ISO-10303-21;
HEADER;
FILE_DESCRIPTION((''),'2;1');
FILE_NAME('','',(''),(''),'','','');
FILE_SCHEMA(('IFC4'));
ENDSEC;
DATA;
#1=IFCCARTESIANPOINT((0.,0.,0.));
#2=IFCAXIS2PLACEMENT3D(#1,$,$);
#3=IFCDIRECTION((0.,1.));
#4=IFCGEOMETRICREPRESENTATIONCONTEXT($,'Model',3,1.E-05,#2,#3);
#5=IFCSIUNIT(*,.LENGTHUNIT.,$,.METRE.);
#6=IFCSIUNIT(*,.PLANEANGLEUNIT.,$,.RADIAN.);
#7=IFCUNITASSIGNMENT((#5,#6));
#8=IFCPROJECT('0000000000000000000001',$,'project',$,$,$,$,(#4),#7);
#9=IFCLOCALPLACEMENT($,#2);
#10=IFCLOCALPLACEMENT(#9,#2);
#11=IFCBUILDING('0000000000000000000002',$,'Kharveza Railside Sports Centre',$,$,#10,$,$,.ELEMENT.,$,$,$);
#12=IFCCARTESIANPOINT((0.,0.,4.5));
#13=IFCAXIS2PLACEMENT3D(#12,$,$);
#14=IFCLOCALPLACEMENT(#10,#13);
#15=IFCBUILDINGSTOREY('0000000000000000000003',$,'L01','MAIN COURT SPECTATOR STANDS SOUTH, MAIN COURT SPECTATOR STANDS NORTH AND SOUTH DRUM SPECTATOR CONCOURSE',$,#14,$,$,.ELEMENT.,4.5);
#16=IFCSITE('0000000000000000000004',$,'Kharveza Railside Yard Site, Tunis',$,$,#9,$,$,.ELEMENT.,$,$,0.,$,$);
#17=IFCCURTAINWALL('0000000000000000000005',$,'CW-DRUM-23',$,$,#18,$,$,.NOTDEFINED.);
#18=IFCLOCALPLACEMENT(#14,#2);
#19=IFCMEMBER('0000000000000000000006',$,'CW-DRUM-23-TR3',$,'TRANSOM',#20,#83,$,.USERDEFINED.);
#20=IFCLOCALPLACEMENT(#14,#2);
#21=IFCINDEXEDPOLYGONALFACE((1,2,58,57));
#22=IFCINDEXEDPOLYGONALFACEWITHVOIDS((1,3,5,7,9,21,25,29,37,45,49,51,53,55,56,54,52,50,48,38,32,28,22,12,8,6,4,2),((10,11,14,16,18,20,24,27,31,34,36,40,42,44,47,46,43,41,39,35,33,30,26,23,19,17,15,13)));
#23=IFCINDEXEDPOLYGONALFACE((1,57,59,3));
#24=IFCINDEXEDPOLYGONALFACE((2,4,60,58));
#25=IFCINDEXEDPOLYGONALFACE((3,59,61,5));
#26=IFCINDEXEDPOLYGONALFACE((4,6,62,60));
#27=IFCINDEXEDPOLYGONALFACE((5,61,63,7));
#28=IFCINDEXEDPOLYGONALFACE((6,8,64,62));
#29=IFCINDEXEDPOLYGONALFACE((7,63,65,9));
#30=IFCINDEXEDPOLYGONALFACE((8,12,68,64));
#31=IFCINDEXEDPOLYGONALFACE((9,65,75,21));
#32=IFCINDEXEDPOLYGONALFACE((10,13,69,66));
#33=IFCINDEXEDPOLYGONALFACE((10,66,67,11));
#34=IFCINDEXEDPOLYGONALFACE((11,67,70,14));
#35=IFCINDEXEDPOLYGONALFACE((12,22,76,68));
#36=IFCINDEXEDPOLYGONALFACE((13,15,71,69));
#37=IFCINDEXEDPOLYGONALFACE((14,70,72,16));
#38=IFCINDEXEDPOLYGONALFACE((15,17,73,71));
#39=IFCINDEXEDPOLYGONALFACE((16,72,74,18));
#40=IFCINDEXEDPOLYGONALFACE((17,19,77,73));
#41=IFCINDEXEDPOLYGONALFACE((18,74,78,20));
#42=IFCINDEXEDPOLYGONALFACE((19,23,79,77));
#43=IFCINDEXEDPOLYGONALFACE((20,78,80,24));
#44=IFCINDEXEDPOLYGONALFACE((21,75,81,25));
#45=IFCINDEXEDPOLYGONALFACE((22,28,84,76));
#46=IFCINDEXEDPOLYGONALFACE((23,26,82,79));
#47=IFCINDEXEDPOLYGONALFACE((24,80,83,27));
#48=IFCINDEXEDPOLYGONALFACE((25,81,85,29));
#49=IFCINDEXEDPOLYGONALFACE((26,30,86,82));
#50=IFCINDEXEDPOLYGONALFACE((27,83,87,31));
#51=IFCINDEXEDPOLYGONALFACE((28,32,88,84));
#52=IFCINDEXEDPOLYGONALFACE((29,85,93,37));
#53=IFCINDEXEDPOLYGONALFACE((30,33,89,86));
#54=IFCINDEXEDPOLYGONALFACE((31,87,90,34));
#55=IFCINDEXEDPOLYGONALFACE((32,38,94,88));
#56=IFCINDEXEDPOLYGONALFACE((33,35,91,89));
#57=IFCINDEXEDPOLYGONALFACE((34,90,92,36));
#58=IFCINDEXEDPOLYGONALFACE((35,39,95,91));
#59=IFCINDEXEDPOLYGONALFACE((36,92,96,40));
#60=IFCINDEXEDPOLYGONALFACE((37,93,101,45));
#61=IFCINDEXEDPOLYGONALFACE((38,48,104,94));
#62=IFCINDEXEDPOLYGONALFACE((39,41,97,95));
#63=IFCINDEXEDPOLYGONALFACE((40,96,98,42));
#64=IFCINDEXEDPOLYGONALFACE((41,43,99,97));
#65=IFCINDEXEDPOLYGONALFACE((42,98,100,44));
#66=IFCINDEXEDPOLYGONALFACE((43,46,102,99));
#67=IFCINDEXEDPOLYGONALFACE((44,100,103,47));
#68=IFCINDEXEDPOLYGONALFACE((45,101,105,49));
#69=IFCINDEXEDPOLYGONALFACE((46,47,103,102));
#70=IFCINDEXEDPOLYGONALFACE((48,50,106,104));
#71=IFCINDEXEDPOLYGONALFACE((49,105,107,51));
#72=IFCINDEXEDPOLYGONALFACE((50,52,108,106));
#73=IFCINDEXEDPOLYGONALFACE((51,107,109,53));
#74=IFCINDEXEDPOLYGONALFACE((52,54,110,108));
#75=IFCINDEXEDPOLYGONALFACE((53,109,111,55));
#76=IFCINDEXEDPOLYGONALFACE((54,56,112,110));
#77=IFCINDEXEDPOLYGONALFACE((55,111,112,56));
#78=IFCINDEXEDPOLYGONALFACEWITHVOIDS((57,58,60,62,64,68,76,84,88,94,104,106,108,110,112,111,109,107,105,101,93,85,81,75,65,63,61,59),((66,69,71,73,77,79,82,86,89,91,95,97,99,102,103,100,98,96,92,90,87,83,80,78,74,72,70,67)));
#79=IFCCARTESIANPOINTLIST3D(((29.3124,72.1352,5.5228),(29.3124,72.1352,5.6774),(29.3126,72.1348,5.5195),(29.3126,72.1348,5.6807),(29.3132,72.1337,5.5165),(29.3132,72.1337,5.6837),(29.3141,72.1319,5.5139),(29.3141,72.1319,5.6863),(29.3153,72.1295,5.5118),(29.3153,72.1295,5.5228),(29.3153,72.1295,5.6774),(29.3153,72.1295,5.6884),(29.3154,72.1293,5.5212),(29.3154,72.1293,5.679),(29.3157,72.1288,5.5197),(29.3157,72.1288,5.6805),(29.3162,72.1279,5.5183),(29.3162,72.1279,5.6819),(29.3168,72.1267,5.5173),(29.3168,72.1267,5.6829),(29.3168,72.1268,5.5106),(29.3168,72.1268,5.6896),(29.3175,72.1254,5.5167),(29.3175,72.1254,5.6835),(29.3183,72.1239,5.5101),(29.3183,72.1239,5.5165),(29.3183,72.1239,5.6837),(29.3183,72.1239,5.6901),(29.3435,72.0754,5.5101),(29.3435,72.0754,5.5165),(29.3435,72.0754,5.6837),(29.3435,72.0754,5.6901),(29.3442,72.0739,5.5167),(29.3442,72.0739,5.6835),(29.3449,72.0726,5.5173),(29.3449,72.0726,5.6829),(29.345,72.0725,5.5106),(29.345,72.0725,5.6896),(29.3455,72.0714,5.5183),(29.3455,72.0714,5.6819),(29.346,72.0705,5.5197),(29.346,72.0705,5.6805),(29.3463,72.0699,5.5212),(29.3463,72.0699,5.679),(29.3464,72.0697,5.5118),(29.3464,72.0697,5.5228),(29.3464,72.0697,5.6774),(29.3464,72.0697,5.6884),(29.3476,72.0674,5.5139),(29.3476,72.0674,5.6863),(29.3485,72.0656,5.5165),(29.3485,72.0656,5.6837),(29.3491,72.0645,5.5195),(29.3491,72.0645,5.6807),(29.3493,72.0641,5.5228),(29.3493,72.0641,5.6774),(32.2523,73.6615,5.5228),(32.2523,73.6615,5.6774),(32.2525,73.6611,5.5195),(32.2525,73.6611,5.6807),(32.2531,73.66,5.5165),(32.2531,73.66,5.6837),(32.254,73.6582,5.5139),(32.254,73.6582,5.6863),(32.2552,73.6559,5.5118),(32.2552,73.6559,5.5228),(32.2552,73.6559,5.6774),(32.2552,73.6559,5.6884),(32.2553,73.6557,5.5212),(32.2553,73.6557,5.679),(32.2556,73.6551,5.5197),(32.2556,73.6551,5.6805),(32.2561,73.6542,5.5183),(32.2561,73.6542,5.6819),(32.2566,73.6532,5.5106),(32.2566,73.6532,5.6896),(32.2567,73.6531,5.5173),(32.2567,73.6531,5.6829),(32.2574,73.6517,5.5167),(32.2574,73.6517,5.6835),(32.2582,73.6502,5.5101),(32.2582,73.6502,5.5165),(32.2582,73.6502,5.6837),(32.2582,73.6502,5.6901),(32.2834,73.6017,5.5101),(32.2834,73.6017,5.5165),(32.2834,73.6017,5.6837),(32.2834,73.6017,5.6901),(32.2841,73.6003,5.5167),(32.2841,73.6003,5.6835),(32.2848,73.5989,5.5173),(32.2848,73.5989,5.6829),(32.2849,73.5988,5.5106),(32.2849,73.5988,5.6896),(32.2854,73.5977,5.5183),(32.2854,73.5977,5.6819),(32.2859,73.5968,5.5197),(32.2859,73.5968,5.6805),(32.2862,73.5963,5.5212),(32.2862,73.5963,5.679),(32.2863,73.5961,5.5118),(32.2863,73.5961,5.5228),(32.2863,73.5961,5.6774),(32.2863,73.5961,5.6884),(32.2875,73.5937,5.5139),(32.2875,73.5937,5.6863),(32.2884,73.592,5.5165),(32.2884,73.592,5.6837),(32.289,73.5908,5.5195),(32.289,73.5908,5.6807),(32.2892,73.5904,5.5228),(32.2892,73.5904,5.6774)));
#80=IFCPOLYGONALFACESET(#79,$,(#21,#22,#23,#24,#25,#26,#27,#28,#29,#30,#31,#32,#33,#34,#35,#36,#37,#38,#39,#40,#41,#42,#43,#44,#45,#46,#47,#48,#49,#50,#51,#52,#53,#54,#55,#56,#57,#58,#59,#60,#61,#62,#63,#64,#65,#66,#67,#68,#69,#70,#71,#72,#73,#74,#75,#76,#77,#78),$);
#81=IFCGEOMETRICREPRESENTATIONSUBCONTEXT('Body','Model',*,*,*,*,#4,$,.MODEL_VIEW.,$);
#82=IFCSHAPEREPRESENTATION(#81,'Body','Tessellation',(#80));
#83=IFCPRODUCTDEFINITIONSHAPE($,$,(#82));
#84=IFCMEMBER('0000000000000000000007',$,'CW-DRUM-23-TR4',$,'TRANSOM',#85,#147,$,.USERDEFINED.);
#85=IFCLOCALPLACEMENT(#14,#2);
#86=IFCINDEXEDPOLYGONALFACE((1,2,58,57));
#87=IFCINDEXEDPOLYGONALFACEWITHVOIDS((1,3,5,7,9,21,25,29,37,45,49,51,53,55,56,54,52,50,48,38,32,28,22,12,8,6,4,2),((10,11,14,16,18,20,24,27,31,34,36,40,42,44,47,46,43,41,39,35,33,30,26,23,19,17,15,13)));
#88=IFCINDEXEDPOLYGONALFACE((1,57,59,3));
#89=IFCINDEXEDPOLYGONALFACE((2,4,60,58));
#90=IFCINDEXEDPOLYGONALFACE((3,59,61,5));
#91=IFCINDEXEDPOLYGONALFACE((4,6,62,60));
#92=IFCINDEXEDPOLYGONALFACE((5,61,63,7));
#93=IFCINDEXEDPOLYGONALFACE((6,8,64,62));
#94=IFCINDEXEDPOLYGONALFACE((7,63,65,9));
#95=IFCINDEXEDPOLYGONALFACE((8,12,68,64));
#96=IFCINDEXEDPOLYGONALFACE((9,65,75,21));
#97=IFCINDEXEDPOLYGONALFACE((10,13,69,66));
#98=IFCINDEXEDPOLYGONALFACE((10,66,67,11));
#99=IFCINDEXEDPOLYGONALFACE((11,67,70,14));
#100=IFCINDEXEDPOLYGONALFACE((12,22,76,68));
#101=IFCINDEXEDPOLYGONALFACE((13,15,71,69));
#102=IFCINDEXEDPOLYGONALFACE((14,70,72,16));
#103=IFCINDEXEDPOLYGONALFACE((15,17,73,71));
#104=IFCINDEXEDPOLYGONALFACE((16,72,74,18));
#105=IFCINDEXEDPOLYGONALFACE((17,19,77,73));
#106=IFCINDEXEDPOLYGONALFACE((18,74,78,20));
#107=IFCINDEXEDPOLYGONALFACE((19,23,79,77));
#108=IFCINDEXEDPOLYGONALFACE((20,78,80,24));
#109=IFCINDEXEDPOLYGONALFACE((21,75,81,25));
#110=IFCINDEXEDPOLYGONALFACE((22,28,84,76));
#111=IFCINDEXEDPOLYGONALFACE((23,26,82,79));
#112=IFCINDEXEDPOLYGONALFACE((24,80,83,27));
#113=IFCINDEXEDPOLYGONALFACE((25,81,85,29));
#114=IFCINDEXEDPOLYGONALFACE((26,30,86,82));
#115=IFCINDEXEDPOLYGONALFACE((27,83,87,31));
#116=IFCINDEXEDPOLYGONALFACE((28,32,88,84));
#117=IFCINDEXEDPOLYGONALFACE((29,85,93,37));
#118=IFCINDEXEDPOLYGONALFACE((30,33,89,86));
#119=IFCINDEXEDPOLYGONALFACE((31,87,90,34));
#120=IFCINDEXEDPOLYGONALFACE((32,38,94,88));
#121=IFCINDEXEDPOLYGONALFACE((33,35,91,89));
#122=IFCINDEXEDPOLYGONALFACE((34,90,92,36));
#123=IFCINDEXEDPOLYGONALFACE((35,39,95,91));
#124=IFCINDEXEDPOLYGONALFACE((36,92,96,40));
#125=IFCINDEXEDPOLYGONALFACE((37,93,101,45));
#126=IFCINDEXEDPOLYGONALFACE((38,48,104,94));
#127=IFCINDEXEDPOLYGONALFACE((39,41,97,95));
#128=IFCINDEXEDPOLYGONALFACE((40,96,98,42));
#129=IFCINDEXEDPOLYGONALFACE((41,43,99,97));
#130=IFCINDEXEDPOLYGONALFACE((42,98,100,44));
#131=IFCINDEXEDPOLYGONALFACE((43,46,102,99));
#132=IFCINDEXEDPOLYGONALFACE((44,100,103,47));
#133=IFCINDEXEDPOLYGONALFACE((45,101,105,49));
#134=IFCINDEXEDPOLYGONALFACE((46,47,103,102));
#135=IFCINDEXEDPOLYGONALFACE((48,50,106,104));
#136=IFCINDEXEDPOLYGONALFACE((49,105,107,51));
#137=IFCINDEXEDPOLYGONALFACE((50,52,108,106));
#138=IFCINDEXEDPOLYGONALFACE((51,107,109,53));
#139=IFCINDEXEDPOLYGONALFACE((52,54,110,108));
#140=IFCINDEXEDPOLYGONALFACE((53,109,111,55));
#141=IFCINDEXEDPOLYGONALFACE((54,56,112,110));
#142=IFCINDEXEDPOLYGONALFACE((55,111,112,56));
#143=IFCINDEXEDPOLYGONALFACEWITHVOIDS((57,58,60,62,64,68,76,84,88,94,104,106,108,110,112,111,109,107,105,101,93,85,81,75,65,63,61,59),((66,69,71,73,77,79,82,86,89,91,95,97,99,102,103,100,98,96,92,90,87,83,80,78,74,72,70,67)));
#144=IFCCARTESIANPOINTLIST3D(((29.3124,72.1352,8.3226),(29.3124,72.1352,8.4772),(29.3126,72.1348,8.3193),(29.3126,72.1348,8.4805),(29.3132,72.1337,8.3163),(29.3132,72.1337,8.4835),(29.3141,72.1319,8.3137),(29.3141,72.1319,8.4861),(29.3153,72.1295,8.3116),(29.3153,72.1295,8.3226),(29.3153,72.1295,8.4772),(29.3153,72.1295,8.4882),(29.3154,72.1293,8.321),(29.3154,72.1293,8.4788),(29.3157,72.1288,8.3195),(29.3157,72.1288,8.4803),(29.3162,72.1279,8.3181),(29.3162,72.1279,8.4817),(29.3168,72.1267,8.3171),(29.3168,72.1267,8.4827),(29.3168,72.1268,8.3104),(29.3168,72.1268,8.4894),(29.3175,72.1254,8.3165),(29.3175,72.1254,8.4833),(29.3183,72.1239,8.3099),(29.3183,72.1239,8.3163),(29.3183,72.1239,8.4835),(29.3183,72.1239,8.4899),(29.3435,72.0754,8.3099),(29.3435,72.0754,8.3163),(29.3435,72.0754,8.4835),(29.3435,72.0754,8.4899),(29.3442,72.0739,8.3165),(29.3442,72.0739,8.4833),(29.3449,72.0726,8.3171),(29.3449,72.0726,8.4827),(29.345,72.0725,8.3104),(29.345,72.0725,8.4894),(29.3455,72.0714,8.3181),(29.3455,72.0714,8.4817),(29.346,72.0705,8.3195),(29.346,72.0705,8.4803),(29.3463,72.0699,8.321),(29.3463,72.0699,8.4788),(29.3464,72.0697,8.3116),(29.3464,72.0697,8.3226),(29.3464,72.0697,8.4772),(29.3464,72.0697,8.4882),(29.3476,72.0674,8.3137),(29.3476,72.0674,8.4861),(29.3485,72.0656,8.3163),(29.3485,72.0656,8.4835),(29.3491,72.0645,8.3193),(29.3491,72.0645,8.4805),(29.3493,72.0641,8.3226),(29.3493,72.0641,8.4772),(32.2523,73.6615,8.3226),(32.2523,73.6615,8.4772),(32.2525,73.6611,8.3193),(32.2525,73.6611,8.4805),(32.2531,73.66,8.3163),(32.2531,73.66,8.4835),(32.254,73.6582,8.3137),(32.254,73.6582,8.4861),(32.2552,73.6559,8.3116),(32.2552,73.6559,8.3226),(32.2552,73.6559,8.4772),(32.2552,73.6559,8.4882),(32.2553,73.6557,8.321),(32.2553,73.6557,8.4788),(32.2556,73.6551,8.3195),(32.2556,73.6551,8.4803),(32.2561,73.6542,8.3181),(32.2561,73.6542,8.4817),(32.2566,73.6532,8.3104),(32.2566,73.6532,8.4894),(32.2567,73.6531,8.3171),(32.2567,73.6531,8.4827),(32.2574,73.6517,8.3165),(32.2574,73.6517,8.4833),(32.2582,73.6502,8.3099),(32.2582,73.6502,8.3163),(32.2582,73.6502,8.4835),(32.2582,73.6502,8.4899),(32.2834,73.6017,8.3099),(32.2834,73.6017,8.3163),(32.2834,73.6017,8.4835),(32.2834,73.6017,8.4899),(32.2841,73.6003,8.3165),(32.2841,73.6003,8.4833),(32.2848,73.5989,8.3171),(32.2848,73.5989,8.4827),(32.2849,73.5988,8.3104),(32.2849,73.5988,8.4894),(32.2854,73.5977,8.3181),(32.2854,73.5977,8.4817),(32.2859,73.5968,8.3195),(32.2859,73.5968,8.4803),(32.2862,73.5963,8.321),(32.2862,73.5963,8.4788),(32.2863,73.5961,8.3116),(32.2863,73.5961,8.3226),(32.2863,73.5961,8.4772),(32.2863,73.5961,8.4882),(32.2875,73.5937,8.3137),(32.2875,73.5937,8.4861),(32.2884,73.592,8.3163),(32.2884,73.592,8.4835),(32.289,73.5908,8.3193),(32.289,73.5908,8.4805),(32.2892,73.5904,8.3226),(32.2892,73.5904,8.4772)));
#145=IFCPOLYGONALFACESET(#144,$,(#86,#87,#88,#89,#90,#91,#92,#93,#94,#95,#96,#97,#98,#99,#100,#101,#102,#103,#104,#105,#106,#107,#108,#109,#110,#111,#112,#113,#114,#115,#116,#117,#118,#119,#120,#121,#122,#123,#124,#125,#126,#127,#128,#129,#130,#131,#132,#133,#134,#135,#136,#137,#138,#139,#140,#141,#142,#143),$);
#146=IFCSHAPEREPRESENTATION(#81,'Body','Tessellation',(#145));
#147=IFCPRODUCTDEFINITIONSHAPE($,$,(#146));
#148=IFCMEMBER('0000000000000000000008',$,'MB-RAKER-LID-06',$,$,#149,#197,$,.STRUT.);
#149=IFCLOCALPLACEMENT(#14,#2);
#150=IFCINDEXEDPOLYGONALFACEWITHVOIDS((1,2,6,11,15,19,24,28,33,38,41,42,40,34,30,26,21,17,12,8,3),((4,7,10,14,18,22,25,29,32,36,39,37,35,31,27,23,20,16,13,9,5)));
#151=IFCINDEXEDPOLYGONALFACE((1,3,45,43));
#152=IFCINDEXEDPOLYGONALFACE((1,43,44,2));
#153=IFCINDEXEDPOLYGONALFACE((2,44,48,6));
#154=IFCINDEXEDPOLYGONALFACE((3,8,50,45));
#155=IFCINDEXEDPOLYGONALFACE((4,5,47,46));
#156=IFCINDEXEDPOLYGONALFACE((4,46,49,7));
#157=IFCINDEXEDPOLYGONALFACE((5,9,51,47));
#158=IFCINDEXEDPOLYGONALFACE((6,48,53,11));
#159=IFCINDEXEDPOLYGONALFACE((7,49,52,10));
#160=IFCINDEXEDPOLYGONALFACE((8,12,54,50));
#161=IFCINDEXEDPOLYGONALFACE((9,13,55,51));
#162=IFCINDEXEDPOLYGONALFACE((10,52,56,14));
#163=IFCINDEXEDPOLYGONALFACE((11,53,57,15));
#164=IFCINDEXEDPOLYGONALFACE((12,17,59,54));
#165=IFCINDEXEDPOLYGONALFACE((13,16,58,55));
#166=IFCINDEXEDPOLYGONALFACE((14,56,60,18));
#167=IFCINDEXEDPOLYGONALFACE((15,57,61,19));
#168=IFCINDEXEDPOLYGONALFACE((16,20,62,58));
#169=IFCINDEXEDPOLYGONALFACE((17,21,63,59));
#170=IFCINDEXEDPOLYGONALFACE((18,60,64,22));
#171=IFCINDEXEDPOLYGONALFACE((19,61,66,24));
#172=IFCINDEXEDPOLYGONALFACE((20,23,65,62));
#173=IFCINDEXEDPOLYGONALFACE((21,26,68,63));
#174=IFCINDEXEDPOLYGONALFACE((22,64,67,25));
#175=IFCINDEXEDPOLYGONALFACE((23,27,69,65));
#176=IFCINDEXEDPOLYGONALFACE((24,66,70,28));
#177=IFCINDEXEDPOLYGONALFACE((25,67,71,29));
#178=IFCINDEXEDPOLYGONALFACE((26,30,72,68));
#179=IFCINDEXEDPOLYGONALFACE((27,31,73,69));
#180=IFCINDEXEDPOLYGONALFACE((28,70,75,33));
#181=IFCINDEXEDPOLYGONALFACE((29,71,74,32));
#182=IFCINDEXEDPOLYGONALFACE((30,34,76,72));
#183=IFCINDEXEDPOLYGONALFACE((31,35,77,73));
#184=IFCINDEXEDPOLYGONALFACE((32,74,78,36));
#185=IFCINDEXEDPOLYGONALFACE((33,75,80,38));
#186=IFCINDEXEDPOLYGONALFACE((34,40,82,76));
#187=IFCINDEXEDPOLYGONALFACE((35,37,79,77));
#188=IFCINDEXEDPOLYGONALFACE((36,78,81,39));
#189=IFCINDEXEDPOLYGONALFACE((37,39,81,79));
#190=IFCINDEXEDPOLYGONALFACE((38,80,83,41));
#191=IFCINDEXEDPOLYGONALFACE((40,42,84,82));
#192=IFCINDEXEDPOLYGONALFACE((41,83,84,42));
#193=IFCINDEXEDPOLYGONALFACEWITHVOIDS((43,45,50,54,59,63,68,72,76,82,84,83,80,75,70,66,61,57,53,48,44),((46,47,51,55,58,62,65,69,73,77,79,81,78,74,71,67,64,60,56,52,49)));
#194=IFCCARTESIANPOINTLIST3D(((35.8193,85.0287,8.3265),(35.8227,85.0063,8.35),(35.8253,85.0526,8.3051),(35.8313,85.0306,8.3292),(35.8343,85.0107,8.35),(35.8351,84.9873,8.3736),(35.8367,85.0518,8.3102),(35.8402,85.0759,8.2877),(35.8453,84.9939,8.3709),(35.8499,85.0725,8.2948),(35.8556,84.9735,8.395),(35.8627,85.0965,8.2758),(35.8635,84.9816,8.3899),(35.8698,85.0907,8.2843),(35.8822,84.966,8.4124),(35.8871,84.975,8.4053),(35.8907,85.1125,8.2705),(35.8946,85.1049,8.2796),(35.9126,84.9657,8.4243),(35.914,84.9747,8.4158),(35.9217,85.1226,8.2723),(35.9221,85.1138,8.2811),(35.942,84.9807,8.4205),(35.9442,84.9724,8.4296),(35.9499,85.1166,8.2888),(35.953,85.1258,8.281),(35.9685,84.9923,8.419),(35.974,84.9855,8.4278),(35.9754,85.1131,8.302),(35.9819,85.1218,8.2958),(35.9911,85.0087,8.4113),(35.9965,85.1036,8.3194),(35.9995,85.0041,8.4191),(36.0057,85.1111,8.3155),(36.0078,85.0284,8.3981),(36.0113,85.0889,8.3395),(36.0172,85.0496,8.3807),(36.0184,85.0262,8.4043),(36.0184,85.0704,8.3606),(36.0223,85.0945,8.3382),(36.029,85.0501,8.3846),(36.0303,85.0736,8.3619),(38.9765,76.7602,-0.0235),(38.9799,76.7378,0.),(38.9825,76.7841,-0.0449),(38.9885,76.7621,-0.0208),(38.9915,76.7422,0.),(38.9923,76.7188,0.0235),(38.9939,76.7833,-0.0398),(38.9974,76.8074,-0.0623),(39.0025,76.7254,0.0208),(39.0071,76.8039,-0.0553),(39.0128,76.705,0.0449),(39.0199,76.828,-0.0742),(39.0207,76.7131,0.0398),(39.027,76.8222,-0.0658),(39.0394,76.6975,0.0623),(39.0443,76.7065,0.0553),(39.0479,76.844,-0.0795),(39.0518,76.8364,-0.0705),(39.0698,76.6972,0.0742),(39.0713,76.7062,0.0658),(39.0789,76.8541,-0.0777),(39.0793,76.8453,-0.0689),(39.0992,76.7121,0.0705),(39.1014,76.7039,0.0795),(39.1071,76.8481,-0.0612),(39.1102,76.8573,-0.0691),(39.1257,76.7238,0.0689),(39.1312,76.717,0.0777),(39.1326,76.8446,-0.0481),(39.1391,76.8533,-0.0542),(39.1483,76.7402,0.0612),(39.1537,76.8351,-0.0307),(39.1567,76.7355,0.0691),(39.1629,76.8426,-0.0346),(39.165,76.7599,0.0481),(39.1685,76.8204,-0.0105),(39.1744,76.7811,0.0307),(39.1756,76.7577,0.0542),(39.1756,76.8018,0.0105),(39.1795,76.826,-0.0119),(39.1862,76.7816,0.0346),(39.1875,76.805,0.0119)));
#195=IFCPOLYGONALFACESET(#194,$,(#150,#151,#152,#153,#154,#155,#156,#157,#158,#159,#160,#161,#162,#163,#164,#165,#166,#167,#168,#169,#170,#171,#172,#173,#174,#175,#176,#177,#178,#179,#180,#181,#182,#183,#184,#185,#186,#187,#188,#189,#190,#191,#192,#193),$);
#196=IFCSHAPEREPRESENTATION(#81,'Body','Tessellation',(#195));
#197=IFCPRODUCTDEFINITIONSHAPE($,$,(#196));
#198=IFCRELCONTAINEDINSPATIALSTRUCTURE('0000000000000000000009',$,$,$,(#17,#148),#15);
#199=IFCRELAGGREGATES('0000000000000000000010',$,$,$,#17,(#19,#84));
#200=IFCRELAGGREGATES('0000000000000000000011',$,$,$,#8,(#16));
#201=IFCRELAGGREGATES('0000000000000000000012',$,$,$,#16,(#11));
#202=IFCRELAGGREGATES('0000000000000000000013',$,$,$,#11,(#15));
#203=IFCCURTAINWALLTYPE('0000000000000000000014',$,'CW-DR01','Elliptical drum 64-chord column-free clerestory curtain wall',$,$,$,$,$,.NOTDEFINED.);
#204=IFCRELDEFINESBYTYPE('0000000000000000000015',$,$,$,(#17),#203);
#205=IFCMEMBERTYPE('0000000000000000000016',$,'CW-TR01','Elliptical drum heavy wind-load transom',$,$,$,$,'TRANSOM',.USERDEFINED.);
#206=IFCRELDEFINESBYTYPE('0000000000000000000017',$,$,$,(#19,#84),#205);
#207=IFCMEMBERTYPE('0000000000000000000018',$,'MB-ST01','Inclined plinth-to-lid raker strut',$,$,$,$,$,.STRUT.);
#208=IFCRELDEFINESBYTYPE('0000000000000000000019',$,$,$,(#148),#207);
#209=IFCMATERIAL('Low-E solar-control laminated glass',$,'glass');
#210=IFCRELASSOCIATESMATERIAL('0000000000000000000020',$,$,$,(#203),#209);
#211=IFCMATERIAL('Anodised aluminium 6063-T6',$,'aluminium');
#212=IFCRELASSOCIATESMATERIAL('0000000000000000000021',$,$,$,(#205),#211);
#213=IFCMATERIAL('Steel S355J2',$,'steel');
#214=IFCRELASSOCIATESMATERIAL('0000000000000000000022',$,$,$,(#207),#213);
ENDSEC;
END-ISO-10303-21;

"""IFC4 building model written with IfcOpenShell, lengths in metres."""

from ifc_helpers import new_model, si_unit, direction, frame, origin, origin_2d, place, context, subcontext, project, spatial, hollow_rectangle, hollow_circle, extrude, material, material_profile, profile_set, type_object, element, aggregate, save


model = new_model("IFC4")

# Units and contexts
model_context = context("Model", 3, precision=1e-05, world=origin(), true_north=direction((0.0, 1.0)))
body_context = subcontext(model_context, "Body", "Model", "MODEL_VIEW")
ifc_project = project(units=[si_unit("LENGTHUNIT", "METRE"), si_unit("PLANEANGLEUNIT", "RADIAN")], contexts=[model_context])

# Site, building, storey
site_placement = place(None, origin())
site = spatial("IfcSite", under=ifc_project, at=site_placement, Name="Kharveza Railside Yard Site, Tunis", CompositionType="ELEMENT", RefElevation=0.0)
building_placement = place(site_placement, origin())
building = spatial("IfcBuilding", under=site, at=building_placement, Name="Kharveza Railside Sports Centre", CompositionType="ELEMENT")
storey_placement = place(building_placement, frame((0.0, 0.0, 4.5)))
storey = spatial("IfcBuildingStorey", under=building, at=storey_placement, Name="L01", Description="MAIN COURT SPECTATOR STANDS SOUTH, MAIN COURT SPECTATOR STANDS NORTH AND SOUTH DRUM SPECTATOR CONCOURSE", CompositionType="ELEMENT", Elevation=4.5)

# Curtain wall, members
ifc_material_1 = material(Name="Low-E solar-control laminated glass", Category="glass")
curtain_wall_type = type_object("IfcCurtainWallType", Name="CW-DR01", Description="Elliptical drum 64-chord column-free clerestory curtain wall", PredefinedType="NOTDEFINED", material=ifc_material_1)
ifc_material_2 = material(Name="Anodised aluminium 6063-T6", Category="aluminium")
ifc_material_profile_1 = material_profile(ifc_material_2, hollow_rectangle(XDim=0.0801, YDim=0.1799, WallThickness=0.0063, InnerFilletRadius=0.0063, OuterFilletRadius=0.0127, at=origin_2d()), Name="RHS 80x180x6.3")
ifc_profile_set_1 = profile_set([ifc_material_profile_1], Name="Anodised aluminium 6063-T6")
member_type_1 = type_object("IfcMemberType", Name="CW-TR01", Description="Elliptical drum heavy wind-load transom", ElementType="TRANSOM", PredefinedType="USERDEFINED", material=ifc_profile_set_1)
curtain_wall_1_placement = place(storey_placement, origin())
curtain_wall_1 = element("IfcCurtainWall", 1, at=curtain_wall_1_placement, inside=storey, type_object=curtain_wall_type, Name="CW-DRUM-23", PredefinedType="NOTDEFINED")
member_1_placement = place(storey_placement, frame((32.2708, 73.626, 5.6001), z_axis=(-0.887513, -0.460782, 0.0), x_axis=(0.460782, -0.887513, 0.0)))
member_1 = element("IfcMember", 2, at=member_1_placement, type_object=member_type_1, Name="CW-DRUM-23-TR3", ObjectType="TRANSOM", PredefinedType="USERDEFINED", context=body_context, shape_type="SweptSolid", body=[
    extrude(hollow_rectangle(XDim=0.0801, YDim=0.1799, WallThickness=0.0063, InnerFilletRadius=0.0063, OuterFilletRadius=0.0127, at=origin_2d()), origin(), (0.0, 0.0, 1.0), 3.3125),
])
member_2_placement = place(storey_placement, frame((32.2708, 73.626, 8.3999), z_axis=(-0.887513, -0.460782, 0.0), x_axis=(0.460782, -0.887513, 0.0)))
member_2 = element("IfcMember", 3, at=member_2_placement, type_object=member_type_1, Name="CW-DRUM-23-TR4", ObjectType="TRANSOM", PredefinedType="USERDEFINED", context=body_context, shape_type="SweptSolid", body=[
    extrude(hollow_rectangle(XDim=0.0801, YDim=0.1799, WallThickness=0.0063, InnerFilletRadius=0.0063, OuterFilletRadius=0.0127, at=origin_2d()), origin(), (0.0, 0.0, 1.0), 3.3125),
])
aggregate(curtain_wall_1, [member_1, member_2])

# Member
ifc_material_3 = material(Name="Steel S355J2", Category="steel")
ifc_material_profile_2 = material_profile(ifc_material_3, hollow_circle(Radius=0.1096, WallThickness=0.0125, at=origin_2d()), Name="CHS 219.1x12.5")
ifc_profile_set_2 = profile_set([ifc_material_profile_2], Name="Steel S355J2")
member_type_2 = type_object("IfcMemberType", Name="MB-ST01", Description="Inclined plinth-to-lid raker strut", PredefinedType="STRUT", material=ifc_profile_set_2)
member_3_placement = place(storey_placement, frame((39.0823, 76.7769, 0.0), z_axis=(-0.259469, 0.679531, 0.686232), x_axis=(-0.934213, -0.356716, 0.0)))
element("IfcMember", 4, at=member_3_placement, inside=storey, type_object=member_type_2, Name="MB-RAKER-LID-06", PredefinedType="STRUT", context=body_context, shape_type="SweptSolid", body=[
    extrude(hollow_circle(Radius=0.1096, WallThickness=0.0125, at=origin_2d()), origin(), (0.0, 0.0, 1.0), 12.168),
])

save(model, "model.ifc")
